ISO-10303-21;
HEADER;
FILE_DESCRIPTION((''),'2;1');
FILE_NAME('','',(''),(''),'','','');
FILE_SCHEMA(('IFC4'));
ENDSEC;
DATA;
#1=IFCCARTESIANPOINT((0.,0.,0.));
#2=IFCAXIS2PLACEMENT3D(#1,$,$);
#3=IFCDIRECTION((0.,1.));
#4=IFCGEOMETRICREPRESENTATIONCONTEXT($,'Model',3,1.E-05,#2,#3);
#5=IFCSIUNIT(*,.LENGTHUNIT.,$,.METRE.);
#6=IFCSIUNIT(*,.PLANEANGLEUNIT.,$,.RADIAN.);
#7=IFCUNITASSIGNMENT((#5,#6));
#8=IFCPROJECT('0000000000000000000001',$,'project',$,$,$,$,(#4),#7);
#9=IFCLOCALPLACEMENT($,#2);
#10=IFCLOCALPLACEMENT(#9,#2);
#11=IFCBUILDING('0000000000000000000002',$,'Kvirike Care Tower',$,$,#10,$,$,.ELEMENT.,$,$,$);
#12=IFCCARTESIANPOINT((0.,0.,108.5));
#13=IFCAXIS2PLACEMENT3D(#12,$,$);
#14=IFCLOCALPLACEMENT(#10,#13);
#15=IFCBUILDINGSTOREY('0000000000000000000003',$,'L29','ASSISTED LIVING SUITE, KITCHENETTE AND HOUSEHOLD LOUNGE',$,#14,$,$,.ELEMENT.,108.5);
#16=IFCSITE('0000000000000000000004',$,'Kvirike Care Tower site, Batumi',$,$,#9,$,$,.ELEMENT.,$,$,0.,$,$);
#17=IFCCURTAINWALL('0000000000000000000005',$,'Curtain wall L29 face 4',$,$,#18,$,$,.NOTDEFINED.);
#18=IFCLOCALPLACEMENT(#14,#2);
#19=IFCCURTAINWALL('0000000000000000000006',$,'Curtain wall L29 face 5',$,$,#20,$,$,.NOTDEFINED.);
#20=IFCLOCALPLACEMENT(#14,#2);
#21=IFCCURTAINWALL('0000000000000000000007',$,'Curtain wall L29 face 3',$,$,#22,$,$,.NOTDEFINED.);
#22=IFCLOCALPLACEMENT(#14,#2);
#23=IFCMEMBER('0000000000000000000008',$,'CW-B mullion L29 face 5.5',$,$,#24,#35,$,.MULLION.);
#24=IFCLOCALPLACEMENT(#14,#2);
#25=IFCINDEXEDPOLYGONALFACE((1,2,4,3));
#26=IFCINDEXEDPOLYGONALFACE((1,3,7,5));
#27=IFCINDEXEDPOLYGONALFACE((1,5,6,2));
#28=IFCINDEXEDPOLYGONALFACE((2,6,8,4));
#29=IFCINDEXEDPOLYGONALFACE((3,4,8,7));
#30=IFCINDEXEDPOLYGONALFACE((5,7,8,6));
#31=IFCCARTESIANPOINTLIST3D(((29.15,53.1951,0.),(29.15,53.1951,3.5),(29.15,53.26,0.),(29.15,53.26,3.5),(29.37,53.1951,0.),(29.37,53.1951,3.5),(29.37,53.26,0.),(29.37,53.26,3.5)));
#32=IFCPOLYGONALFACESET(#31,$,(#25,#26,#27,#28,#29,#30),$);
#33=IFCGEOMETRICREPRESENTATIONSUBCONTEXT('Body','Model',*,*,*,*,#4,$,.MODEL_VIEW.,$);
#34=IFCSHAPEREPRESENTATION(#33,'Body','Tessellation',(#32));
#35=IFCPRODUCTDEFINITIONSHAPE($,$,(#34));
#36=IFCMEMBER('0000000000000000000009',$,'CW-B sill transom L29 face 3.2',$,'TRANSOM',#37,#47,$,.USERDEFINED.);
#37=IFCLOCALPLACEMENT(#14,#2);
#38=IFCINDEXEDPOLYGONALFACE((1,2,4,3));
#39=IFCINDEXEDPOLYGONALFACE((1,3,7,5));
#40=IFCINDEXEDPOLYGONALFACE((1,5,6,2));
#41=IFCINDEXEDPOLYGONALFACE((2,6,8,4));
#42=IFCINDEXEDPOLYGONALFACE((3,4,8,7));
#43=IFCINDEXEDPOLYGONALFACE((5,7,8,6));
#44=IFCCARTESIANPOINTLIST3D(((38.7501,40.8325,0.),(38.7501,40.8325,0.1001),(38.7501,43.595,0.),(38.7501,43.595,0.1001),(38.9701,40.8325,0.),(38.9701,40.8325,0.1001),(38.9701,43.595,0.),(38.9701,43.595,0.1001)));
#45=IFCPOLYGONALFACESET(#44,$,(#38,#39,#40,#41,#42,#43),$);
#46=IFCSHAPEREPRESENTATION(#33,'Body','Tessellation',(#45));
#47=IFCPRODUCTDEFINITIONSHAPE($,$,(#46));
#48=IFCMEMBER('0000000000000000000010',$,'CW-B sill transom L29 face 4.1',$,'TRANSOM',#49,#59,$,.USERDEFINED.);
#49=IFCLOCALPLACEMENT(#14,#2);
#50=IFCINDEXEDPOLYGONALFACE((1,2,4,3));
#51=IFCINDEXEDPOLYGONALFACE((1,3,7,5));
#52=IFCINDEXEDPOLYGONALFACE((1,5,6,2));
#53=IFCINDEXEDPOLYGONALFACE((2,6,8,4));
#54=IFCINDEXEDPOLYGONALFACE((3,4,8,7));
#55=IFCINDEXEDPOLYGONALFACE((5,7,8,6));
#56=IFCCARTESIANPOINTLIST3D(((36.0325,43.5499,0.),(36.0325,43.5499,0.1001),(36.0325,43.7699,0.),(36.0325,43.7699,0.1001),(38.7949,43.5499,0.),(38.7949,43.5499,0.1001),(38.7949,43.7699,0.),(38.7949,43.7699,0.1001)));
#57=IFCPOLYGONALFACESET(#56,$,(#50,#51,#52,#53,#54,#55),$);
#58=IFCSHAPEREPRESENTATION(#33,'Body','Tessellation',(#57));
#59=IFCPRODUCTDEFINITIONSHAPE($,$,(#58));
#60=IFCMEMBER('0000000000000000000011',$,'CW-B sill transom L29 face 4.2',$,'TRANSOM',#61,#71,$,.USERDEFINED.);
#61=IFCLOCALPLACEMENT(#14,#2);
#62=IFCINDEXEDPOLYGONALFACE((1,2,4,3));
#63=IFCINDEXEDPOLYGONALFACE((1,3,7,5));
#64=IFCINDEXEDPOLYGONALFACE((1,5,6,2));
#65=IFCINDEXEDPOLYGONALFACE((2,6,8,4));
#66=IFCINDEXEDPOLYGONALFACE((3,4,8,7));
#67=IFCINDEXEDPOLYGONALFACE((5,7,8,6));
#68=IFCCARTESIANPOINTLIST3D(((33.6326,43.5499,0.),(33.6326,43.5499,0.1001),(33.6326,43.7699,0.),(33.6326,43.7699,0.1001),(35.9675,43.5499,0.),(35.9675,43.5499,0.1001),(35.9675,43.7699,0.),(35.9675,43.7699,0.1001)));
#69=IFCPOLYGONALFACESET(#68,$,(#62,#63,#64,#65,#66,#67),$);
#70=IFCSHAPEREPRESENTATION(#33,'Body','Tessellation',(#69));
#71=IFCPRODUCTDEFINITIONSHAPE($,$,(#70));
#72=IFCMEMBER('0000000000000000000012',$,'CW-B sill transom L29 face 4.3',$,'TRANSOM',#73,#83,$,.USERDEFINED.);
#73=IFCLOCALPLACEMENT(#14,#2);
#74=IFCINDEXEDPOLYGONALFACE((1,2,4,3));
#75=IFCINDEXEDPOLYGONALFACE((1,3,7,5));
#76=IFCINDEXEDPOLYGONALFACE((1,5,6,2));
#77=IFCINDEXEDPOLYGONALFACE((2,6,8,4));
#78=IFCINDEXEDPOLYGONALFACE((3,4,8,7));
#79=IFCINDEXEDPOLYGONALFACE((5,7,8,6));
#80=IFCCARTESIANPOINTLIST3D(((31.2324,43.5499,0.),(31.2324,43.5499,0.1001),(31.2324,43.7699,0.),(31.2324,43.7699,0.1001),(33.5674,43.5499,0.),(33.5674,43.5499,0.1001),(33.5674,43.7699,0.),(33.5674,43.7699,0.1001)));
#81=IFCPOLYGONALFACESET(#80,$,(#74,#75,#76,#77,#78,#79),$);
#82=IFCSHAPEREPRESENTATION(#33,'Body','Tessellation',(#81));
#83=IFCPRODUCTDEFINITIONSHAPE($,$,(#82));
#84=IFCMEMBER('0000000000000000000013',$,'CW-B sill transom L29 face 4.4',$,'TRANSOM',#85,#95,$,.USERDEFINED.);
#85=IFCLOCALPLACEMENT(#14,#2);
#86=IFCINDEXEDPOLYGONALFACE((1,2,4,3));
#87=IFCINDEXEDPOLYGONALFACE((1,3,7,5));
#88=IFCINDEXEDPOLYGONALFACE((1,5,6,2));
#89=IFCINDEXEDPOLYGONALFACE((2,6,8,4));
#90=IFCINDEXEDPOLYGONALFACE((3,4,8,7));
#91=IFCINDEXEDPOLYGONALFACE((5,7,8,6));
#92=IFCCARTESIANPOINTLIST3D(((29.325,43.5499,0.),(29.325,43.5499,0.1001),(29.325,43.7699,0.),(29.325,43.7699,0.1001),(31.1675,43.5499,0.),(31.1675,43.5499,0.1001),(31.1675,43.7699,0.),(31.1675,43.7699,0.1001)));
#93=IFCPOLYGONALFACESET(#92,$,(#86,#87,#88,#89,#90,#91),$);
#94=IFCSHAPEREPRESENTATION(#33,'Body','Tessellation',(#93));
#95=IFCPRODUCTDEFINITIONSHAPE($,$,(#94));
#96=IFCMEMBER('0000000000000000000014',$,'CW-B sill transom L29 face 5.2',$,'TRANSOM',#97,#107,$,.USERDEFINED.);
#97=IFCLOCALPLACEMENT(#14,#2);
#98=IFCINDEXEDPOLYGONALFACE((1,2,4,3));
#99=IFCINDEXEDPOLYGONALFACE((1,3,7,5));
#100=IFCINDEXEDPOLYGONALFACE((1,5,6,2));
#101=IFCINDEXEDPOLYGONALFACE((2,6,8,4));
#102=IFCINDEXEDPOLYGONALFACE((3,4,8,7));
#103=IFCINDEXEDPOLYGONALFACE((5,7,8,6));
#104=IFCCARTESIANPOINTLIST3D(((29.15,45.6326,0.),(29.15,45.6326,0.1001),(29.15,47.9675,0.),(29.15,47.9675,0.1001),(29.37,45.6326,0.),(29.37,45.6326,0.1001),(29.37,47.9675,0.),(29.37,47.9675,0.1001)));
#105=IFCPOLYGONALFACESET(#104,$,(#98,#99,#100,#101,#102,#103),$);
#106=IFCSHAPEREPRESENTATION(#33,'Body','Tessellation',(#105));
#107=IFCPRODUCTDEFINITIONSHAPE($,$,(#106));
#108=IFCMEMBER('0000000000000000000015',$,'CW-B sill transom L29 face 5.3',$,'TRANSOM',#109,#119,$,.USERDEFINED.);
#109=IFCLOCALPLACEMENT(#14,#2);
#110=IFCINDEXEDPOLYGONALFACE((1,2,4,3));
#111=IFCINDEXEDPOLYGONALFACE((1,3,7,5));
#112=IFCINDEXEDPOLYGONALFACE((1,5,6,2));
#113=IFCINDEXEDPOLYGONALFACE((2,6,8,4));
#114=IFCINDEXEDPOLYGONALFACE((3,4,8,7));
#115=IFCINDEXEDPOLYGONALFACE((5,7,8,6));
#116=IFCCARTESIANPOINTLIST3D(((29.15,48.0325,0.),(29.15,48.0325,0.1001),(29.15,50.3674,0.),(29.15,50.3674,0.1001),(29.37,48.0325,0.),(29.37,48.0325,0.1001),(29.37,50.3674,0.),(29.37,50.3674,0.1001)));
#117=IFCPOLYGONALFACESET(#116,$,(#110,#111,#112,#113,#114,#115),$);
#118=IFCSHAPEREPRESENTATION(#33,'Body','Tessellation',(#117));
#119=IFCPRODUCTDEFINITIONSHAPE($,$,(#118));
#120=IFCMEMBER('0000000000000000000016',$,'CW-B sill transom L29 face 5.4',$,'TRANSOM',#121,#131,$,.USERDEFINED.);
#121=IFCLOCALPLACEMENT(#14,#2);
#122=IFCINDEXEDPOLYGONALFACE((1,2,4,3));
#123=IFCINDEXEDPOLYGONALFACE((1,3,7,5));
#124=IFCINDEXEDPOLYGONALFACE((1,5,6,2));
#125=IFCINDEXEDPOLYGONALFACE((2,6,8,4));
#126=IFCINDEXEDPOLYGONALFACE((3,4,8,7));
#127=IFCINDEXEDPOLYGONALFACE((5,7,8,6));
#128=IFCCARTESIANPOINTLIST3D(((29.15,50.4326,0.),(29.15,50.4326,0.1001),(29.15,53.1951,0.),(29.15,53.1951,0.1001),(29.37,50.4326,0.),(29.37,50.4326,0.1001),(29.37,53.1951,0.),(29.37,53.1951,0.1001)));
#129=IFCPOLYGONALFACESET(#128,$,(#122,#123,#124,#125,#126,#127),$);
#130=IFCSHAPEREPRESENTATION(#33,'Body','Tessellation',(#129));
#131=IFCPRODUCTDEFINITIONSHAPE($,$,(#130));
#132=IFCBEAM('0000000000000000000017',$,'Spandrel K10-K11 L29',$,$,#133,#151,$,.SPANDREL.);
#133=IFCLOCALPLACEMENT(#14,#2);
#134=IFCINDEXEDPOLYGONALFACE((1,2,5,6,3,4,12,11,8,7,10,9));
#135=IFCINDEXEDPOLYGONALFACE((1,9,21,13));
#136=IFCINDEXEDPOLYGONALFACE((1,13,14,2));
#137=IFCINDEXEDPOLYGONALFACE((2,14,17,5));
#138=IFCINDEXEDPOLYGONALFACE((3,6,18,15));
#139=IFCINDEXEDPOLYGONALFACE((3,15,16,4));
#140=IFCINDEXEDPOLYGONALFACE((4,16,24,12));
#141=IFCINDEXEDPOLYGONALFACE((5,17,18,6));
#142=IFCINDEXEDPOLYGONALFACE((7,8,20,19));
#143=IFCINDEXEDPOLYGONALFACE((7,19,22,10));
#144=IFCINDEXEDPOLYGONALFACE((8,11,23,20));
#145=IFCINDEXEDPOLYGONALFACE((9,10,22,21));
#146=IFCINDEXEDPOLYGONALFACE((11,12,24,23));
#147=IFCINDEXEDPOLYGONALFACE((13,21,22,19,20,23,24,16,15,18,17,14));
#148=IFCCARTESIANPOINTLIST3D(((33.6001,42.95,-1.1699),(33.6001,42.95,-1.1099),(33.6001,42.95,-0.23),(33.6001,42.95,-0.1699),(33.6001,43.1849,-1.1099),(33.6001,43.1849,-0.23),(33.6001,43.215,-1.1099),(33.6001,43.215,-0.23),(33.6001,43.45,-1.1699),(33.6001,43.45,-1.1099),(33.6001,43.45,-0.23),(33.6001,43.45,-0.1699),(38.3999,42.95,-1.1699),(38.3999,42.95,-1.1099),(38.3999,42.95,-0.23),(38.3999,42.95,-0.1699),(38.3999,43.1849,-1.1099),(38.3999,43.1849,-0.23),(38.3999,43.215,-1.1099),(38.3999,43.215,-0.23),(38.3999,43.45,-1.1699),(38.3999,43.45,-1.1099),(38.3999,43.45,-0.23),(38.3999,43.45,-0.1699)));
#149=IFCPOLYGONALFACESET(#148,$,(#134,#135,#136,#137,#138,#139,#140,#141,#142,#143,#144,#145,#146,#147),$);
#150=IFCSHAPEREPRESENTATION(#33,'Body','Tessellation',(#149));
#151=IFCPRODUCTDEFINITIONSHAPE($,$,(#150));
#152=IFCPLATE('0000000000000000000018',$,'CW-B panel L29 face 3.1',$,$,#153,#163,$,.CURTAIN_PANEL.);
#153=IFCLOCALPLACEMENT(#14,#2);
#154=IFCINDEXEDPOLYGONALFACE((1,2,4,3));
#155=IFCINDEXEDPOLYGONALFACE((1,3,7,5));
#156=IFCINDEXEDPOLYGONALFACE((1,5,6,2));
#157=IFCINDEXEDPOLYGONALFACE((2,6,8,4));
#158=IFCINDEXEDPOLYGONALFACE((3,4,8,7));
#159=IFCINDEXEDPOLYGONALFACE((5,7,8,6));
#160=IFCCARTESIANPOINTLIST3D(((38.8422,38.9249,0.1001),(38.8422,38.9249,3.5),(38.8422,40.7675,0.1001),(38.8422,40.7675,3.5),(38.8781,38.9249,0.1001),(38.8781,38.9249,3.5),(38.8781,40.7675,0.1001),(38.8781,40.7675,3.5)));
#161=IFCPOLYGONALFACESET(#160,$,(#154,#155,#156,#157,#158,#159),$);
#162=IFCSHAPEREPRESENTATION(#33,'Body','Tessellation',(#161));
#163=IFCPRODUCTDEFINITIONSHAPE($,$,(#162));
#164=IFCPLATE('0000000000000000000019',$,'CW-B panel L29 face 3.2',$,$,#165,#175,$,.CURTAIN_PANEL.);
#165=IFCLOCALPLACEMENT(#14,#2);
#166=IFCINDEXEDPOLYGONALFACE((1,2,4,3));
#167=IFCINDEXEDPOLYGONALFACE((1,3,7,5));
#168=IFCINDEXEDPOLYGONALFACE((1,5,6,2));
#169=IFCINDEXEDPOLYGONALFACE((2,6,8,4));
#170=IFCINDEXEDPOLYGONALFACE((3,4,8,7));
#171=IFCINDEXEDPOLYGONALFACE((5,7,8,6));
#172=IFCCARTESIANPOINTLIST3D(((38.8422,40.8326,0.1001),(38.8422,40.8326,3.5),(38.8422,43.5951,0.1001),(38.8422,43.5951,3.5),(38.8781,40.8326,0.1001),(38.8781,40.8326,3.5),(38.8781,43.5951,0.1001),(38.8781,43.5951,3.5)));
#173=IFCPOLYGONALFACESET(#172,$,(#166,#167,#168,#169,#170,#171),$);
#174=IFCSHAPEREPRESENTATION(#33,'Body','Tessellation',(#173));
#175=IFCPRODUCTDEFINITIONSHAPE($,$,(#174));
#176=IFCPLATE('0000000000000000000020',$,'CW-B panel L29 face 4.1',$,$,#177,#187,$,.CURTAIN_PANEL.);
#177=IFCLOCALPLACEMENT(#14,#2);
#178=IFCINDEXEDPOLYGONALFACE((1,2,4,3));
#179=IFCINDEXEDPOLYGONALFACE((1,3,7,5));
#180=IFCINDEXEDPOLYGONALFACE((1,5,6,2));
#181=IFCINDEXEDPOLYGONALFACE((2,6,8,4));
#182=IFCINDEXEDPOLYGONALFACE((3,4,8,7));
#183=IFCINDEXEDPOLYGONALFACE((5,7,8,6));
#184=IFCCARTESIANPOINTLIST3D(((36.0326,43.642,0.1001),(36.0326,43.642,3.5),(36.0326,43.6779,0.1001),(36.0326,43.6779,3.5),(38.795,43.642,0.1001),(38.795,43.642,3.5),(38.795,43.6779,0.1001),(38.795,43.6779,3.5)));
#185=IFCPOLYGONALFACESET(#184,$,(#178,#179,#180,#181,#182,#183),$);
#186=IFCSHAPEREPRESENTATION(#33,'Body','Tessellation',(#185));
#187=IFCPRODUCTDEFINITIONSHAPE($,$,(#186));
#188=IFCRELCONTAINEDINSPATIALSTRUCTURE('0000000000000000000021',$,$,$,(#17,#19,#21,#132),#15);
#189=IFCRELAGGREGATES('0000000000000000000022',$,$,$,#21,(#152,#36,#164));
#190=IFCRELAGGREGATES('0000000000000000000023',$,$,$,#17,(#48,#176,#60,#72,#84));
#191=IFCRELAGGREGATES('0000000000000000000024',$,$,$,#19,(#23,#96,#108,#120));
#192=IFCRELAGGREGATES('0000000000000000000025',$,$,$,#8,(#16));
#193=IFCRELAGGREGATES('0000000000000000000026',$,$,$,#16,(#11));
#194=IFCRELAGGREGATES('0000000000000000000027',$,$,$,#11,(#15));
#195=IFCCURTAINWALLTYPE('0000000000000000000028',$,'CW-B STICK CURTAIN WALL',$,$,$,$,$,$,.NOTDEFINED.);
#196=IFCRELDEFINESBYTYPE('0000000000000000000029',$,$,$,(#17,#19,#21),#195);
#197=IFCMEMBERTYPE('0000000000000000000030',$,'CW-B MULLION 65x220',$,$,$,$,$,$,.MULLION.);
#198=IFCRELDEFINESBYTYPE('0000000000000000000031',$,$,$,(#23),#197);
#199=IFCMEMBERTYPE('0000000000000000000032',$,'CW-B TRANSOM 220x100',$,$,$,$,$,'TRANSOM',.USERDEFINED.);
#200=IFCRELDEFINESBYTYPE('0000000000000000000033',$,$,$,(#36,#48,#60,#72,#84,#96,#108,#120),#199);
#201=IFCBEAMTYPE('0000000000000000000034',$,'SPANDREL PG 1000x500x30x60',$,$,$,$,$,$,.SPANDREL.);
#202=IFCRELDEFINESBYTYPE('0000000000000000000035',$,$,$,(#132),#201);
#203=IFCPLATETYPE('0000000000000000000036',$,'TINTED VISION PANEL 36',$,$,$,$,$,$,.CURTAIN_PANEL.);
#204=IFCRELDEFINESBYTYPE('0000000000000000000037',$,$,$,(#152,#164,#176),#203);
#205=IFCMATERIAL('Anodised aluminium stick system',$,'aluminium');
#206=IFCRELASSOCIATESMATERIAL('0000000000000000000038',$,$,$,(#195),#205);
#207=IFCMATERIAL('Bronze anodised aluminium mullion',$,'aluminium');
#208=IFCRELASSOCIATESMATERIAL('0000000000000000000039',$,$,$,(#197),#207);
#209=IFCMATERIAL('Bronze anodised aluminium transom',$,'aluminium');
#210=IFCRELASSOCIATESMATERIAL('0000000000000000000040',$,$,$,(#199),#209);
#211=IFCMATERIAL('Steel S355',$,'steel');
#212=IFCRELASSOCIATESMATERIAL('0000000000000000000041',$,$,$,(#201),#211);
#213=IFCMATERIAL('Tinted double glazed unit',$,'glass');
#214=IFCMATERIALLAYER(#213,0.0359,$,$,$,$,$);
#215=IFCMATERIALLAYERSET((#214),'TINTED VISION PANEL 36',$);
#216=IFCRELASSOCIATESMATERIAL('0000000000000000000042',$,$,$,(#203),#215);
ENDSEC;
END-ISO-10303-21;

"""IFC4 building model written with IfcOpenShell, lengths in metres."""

from ifc_helpers import new_model, si_unit, direction, frame, origin, origin_2d, place, context, subcontext, project, spatial, rectangle, i_section, extrude, material, layer, layer_set, material_profile, profile_set, type_object, element, aggregate, save


model = new_model("IFC4")

# Units and contexts
model_context = context("Model", 3, precision=1e-05, world=origin(), true_north=direction((0.0, 1.0)))
body_context = subcontext(model_context, "Body", "Model", "MODEL_VIEW")
ifc_project = project(units=[si_unit("LENGTHUNIT", "METRE"), si_unit("PLANEANGLEUNIT", "RADIAN")], contexts=[model_context])

# Site, building, storey
site_placement = place(None, origin())
site = spatial("IfcSite", under=ifc_project, at=site_placement, Name="Kvirike Care Tower site, Batumi", CompositionType="ELEMENT", RefElevation=0.0)
building_placement = place(site_placement, origin())
building = spatial("IfcBuilding", under=site, at=building_placement, Name="Kvirike Care Tower", CompositionType="ELEMENT")
storey_placement = place(building_placement, frame((0.0, 0.0, 108.5)))
storey = spatial("IfcBuildingStorey", under=building, at=storey_placement, Name="L29", Description="ASSISTED LIVING SUITE, KITCHENETTE AND HOUSEHOLD LOUNGE", CompositionType="ELEMENT", Elevation=108.5)

# Curtain walls
ifc_material_1 = material(Name="Anodised aluminium stick system", Category="aluminium")
curtain_wall_type = type_object("IfcCurtainWallType", Name="CW-B STICK CURTAIN WALL", PredefinedType="NOTDEFINED", material=ifc_material_1)
curtain_wall_1_placement = place(storey_placement, origin())
curtain_wall_1 = element("IfcCurtainWall", 1, at=curtain_wall_1_placement, inside=storey, type_object=curtain_wall_type, Name="Curtain wall L29 face 4", PredefinedType="NOTDEFINED")
curtain_wall_2_placement = place(storey_placement, origin())
curtain_wall_2 = element("IfcCurtainWall", 2, at=curtain_wall_2_placement, inside=storey, type_object=curtain_wall_type, Name="Curtain wall L29 face 5", PredefinedType="NOTDEFINED")

# Curtain wall
curtain_wall_3_placement = place(storey_placement, origin())
curtain_wall_3 = element("IfcCurtainWall", 3, at=curtain_wall_3_placement, inside=storey, type_object=curtain_wall_type, Name="Curtain wall L29 face 3", PredefinedType="NOTDEFINED")
ifc_material_2 = material(Name="Bronze anodised aluminium mullion", Category="aluminium")
ifc_material_profile_1 = material_profile(ifc_material_2, rectangle(XDim=0.0649, YDim=0.22, at=origin_2d()), Name="CW-B MULLION 65x220")
ifc_profile_set_1 = profile_set([ifc_material_profile_1], Name="Bronze anodised aluminium mullion")
member_type_1 = type_object("IfcMemberType", Name="CW-B MULLION 65x220", PredefinedType="MULLION", material=ifc_profile_set_1)

# Members
member_1_placement = place(storey_placement, frame((29.26, 53.2275, 0.0), z_axis=(0.0, 0.0, 1.0), x_axis=(0.0, 1.0, 0.0)))
member_1 = element("IfcMember", 4, at=member_1_placement, type_object=member_type_1, Name="CW-B mullion L29 face 5.5", PredefinedType="MULLION", context=body_context, shape_type="SweptSolid", body=[
    extrude(rectangle(XDim=0.0649, YDim=0.22, at=origin_2d()), origin(), (0.0, 0.0, 1.0), 3.5),
])
ifc_material_3 = material(Name="Bronze anodised aluminium transom", Category="aluminium")
ifc_material_profile_2 = material_profile(ifc_material_3, rectangle(XDim=0.22, YDim=0.1001, at=origin_2d()), Name="CW-B TRANSOM 220x100")
ifc_profile_set_2 = profile_set([ifc_material_profile_2], Name="Bronze anodised aluminium transom")
member_type_2 = type_object("IfcMemberType", Name="CW-B TRANSOM 220x100", ElementType="TRANSOM", PredefinedType="USERDEFINED", material=ifc_profile_set_2)
member_2_placement = place(storey_placement, frame((38.8601, 40.8325, 0.05), z_axis=(0.0, 1.0, 0.0), x_axis=(-1.0, 0.0, 0.0)))
member_2 = element("IfcMember", 5, at=member_2_placement, type_object=member_type_2, Name="CW-B sill transom L29 face 3.2", ObjectType="TRANSOM", PredefinedType="USERDEFINED", context=body_context, shape_type="SweptSolid", body=[
    extrude(rectangle(XDim=0.22, YDim=0.1001, at=origin_2d()), origin(), (0.0, 0.0, 1.0), 2.7625),
])
member_3_placement = place(storey_placement, frame((38.7949, 43.6599, 0.05), z_axis=(-1.0, 0.0, 0.0), x_axis=(0.0, -1.0, 0.0)))
member_3 = element("IfcMember", 6, at=member_3_placement, type_object=member_type_2, Name="CW-B sill transom L29 face 4.1", ObjectType="TRANSOM", PredefinedType="USERDEFINED", context=body_context, shape_type="SweptSolid", body=[
    extrude(rectangle(XDim=0.22, YDim=0.1001, at=origin_2d()), origin(), (0.0, 0.0, 1.0), 2.7625),
])
member_4_placement = place(storey_placement, frame((35.9675, 43.6599, 0.05), z_axis=(-1.0, 0.0, 0.0), x_axis=(0.0, -1.0, 0.0)))
member_4 = element("IfcMember", 7, at=member_4_placement, type_object=member_type_2, Name="CW-B sill transom L29 face 4.2", ObjectType="TRANSOM", PredefinedType="USERDEFINED", context=body_context, shape_type="SweptSolid", body=[
    extrude(rectangle(XDim=0.22, YDim=0.1001, at=origin_2d()), origin(), (0.0, 0.0, 1.0), 2.335),
])
member_5_placement = place(storey_placement, frame((33.5674, 43.6599, 0.05), z_axis=(-1.0, 0.0, 0.0), x_axis=(0.0, -1.0, 0.0)))
member_5 = element("IfcMember", 8, at=member_5_placement, type_object=member_type_2, Name="CW-B sill transom L29 face 4.3", ObjectType="TRANSOM", PredefinedType="USERDEFINED", context=body_context, shape_type="SweptSolid", body=[
    extrude(rectangle(XDim=0.22, YDim=0.1001, at=origin_2d()), origin(), (0.0, 0.0, 1.0), 2.335),
])
member_6_placement = place(storey_placement, frame((31.1675, 43.6599, 0.05), z_axis=(-1.0, 0.0, 0.0), x_axis=(0.0, -1.0, 0.0)))
member_6 = element("IfcMember", 9, at=member_6_placement, type_object=member_type_2, Name="CW-B sill transom L29 face 4.4", ObjectType="TRANSOM", PredefinedType="USERDEFINED", context=body_context, shape_type="SweptSolid", body=[
    extrude(rectangle(XDim=0.22, YDim=0.1001, at=origin_2d()), origin(), (0.0, 0.0, 1.0), 1.8425),
])
member_7_placement = place(storey_placement, frame((29.26, 45.6326, 0.05), z_axis=(0.0, 1.0, 0.0), x_axis=(-1.0, 0.0, 0.0)))
member_7 = element("IfcMember", 10, at=member_7_placement, type_object=member_type_2, Name="CW-B sill transom L29 face 5.2", ObjectType="TRANSOM", PredefinedType="USERDEFINED", context=body_context, shape_type="SweptSolid", body=[
    extrude(rectangle(XDim=0.22, YDim=0.1001, at=origin_2d()), origin(), (0.0, 0.0, 1.0), 2.335),
])
member_8_placement = place(storey_placement, frame((29.26, 48.0325, 0.05), z_axis=(0.0, 1.0, 0.0), x_axis=(-1.0, 0.0, 0.0)))
member_8 = element("IfcMember", 11, at=member_8_placement, type_object=member_type_2, Name="CW-B sill transom L29 face 5.3", ObjectType="TRANSOM", PredefinedType="USERDEFINED", context=body_context, shape_type="SweptSolid", body=[
    extrude(rectangle(XDim=0.22, YDim=0.1001, at=origin_2d()), origin(), (0.0, 0.0, 1.0), 2.335),
])
member_9_placement = place(storey_placement, frame((29.26, 50.4326, 0.05), z_axis=(0.0, 1.0, 0.0), x_axis=(-1.0, 0.0, 0.0)))
member_9 = element("IfcMember", 12, at=member_9_placement, type_object=member_type_2, Name="CW-B sill transom L29 face 5.4", ObjectType="TRANSOM", PredefinedType="USERDEFINED", context=body_context, shape_type="SweptSolid", body=[
    extrude(rectangle(XDim=0.22, YDim=0.1001, at=origin_2d()), origin(), (0.0, 0.0, 1.0), 2.7625),
])

# Beam
ifc_material_4 = material(Name="Steel S355", Category="steel")
ifc_material_profile_3 = material_profile(ifc_material_4, i_section(OverallWidth=0.5, OverallDepth=1.0, WebThickness=0.03, FlangeThickness=0.0601, at=origin_2d()), Name="PG 1000x500x30x60")
ifc_profile_set_3 = profile_set([ifc_material_profile_3], Name="Steel S355")
beam_type = type_object("IfcBeamType", Name="SPANDREL PG 1000x500x30x60", PredefinedType="SPANDREL", material=ifc_profile_set_3)
beam_placement = place(storey_placement, frame((33.6001, 43.2, -0.6699), z_axis=(1.0, 0.0, 0.0), x_axis=(0.0, 1.0, 0.0)))
element("IfcBeam", 13, at=beam_placement, inside=storey, type_object=beam_type, Name="Spandrel K10-K11 L29", PredefinedType="SPANDREL", context=body_context, shape_type="SweptSolid", body=[
    extrude(i_section(OverallWidth=0.5, OverallDepth=1.0, WebThickness=0.03, FlangeThickness=0.0601, at=origin_2d()), origin(), (0.0, 0.0, 1.0), 4.7998),
])

# Plates
ifc_material_5 = material(Name="Tinted double glazed unit", Category="glass")
ifc_layer_1 = layer(ifc_material_5, 0.0359)
ifc_layer_set_1 = layer_set([ifc_layer_1], Name="TINTED VISION PANEL 36")
plate_type = type_object("IfcPlateType", Name="TINTED VISION PANEL 36", PredefinedType="CURTAIN_PANEL", material=ifc_layer_set_1)
plate_1_placement = place(storey_placement, frame((38.8601, 39.8462, 0.1001), z_axis=(0.0, 0.0, 1.0), x_axis=(0.0, 1.0, 0.0)))
plate_1 = element("IfcPlate", 14, at=plate_1_placement, type_object=plate_type, Name="CW-B panel L29 face 3.1", PredefinedType="CURTAIN_PANEL", context=body_context, shape_type="SweptSolid", body=[
    extrude(rectangle(XDim=1.8425, YDim=0.0359, at=origin_2d()), origin(), (0.0, 0.0, 1.0), 3.3999),
])
plate_2_placement = place(storey_placement, frame((38.8601, 42.2139, 0.1001), z_axis=(0.0, 0.0, 1.0), x_axis=(0.0, 1.0, 0.0)))
plate_2 = element("IfcPlate", 15, at=plate_2_placement, type_object=plate_type, Name="CW-B panel L29 face 3.2", PredefinedType="CURTAIN_PANEL", context=body_context, shape_type="SweptSolid", body=[
    extrude(rectangle(XDim=2.7625, YDim=0.0359, at=origin_2d()), origin(), (0.0, 0.0, 1.0), 3.3999),
])
aggregate(curtain_wall_3, [plate_1, member_2, plate_2])
plate_3_placement = place(storey_placement, frame((37.4138, 43.6599, 0.1001), z_axis=(0.0, 0.0, 1.0), x_axis=(-1.0, 0.0, 0.0)))
plate_3 = element("IfcPlate", 16, at=plate_3_placement, type_object=plate_type, Name="CW-B panel L29 face 4.1", PredefinedType="CURTAIN_PANEL", context=body_context, shape_type="SweptSolid", body=[
    extrude(rectangle(XDim=2.7625, YDim=0.0359, at=origin_2d()), origin(), (0.0, 0.0, 1.0), 3.3999),
])
aggregate(curtain_wall_1, [member_3, plate_3, member_4, member_5, member_6])
aggregate(curtain_wall_2, [member_1, member_7, member_8, member_9])

save(model, "model.ifc")
